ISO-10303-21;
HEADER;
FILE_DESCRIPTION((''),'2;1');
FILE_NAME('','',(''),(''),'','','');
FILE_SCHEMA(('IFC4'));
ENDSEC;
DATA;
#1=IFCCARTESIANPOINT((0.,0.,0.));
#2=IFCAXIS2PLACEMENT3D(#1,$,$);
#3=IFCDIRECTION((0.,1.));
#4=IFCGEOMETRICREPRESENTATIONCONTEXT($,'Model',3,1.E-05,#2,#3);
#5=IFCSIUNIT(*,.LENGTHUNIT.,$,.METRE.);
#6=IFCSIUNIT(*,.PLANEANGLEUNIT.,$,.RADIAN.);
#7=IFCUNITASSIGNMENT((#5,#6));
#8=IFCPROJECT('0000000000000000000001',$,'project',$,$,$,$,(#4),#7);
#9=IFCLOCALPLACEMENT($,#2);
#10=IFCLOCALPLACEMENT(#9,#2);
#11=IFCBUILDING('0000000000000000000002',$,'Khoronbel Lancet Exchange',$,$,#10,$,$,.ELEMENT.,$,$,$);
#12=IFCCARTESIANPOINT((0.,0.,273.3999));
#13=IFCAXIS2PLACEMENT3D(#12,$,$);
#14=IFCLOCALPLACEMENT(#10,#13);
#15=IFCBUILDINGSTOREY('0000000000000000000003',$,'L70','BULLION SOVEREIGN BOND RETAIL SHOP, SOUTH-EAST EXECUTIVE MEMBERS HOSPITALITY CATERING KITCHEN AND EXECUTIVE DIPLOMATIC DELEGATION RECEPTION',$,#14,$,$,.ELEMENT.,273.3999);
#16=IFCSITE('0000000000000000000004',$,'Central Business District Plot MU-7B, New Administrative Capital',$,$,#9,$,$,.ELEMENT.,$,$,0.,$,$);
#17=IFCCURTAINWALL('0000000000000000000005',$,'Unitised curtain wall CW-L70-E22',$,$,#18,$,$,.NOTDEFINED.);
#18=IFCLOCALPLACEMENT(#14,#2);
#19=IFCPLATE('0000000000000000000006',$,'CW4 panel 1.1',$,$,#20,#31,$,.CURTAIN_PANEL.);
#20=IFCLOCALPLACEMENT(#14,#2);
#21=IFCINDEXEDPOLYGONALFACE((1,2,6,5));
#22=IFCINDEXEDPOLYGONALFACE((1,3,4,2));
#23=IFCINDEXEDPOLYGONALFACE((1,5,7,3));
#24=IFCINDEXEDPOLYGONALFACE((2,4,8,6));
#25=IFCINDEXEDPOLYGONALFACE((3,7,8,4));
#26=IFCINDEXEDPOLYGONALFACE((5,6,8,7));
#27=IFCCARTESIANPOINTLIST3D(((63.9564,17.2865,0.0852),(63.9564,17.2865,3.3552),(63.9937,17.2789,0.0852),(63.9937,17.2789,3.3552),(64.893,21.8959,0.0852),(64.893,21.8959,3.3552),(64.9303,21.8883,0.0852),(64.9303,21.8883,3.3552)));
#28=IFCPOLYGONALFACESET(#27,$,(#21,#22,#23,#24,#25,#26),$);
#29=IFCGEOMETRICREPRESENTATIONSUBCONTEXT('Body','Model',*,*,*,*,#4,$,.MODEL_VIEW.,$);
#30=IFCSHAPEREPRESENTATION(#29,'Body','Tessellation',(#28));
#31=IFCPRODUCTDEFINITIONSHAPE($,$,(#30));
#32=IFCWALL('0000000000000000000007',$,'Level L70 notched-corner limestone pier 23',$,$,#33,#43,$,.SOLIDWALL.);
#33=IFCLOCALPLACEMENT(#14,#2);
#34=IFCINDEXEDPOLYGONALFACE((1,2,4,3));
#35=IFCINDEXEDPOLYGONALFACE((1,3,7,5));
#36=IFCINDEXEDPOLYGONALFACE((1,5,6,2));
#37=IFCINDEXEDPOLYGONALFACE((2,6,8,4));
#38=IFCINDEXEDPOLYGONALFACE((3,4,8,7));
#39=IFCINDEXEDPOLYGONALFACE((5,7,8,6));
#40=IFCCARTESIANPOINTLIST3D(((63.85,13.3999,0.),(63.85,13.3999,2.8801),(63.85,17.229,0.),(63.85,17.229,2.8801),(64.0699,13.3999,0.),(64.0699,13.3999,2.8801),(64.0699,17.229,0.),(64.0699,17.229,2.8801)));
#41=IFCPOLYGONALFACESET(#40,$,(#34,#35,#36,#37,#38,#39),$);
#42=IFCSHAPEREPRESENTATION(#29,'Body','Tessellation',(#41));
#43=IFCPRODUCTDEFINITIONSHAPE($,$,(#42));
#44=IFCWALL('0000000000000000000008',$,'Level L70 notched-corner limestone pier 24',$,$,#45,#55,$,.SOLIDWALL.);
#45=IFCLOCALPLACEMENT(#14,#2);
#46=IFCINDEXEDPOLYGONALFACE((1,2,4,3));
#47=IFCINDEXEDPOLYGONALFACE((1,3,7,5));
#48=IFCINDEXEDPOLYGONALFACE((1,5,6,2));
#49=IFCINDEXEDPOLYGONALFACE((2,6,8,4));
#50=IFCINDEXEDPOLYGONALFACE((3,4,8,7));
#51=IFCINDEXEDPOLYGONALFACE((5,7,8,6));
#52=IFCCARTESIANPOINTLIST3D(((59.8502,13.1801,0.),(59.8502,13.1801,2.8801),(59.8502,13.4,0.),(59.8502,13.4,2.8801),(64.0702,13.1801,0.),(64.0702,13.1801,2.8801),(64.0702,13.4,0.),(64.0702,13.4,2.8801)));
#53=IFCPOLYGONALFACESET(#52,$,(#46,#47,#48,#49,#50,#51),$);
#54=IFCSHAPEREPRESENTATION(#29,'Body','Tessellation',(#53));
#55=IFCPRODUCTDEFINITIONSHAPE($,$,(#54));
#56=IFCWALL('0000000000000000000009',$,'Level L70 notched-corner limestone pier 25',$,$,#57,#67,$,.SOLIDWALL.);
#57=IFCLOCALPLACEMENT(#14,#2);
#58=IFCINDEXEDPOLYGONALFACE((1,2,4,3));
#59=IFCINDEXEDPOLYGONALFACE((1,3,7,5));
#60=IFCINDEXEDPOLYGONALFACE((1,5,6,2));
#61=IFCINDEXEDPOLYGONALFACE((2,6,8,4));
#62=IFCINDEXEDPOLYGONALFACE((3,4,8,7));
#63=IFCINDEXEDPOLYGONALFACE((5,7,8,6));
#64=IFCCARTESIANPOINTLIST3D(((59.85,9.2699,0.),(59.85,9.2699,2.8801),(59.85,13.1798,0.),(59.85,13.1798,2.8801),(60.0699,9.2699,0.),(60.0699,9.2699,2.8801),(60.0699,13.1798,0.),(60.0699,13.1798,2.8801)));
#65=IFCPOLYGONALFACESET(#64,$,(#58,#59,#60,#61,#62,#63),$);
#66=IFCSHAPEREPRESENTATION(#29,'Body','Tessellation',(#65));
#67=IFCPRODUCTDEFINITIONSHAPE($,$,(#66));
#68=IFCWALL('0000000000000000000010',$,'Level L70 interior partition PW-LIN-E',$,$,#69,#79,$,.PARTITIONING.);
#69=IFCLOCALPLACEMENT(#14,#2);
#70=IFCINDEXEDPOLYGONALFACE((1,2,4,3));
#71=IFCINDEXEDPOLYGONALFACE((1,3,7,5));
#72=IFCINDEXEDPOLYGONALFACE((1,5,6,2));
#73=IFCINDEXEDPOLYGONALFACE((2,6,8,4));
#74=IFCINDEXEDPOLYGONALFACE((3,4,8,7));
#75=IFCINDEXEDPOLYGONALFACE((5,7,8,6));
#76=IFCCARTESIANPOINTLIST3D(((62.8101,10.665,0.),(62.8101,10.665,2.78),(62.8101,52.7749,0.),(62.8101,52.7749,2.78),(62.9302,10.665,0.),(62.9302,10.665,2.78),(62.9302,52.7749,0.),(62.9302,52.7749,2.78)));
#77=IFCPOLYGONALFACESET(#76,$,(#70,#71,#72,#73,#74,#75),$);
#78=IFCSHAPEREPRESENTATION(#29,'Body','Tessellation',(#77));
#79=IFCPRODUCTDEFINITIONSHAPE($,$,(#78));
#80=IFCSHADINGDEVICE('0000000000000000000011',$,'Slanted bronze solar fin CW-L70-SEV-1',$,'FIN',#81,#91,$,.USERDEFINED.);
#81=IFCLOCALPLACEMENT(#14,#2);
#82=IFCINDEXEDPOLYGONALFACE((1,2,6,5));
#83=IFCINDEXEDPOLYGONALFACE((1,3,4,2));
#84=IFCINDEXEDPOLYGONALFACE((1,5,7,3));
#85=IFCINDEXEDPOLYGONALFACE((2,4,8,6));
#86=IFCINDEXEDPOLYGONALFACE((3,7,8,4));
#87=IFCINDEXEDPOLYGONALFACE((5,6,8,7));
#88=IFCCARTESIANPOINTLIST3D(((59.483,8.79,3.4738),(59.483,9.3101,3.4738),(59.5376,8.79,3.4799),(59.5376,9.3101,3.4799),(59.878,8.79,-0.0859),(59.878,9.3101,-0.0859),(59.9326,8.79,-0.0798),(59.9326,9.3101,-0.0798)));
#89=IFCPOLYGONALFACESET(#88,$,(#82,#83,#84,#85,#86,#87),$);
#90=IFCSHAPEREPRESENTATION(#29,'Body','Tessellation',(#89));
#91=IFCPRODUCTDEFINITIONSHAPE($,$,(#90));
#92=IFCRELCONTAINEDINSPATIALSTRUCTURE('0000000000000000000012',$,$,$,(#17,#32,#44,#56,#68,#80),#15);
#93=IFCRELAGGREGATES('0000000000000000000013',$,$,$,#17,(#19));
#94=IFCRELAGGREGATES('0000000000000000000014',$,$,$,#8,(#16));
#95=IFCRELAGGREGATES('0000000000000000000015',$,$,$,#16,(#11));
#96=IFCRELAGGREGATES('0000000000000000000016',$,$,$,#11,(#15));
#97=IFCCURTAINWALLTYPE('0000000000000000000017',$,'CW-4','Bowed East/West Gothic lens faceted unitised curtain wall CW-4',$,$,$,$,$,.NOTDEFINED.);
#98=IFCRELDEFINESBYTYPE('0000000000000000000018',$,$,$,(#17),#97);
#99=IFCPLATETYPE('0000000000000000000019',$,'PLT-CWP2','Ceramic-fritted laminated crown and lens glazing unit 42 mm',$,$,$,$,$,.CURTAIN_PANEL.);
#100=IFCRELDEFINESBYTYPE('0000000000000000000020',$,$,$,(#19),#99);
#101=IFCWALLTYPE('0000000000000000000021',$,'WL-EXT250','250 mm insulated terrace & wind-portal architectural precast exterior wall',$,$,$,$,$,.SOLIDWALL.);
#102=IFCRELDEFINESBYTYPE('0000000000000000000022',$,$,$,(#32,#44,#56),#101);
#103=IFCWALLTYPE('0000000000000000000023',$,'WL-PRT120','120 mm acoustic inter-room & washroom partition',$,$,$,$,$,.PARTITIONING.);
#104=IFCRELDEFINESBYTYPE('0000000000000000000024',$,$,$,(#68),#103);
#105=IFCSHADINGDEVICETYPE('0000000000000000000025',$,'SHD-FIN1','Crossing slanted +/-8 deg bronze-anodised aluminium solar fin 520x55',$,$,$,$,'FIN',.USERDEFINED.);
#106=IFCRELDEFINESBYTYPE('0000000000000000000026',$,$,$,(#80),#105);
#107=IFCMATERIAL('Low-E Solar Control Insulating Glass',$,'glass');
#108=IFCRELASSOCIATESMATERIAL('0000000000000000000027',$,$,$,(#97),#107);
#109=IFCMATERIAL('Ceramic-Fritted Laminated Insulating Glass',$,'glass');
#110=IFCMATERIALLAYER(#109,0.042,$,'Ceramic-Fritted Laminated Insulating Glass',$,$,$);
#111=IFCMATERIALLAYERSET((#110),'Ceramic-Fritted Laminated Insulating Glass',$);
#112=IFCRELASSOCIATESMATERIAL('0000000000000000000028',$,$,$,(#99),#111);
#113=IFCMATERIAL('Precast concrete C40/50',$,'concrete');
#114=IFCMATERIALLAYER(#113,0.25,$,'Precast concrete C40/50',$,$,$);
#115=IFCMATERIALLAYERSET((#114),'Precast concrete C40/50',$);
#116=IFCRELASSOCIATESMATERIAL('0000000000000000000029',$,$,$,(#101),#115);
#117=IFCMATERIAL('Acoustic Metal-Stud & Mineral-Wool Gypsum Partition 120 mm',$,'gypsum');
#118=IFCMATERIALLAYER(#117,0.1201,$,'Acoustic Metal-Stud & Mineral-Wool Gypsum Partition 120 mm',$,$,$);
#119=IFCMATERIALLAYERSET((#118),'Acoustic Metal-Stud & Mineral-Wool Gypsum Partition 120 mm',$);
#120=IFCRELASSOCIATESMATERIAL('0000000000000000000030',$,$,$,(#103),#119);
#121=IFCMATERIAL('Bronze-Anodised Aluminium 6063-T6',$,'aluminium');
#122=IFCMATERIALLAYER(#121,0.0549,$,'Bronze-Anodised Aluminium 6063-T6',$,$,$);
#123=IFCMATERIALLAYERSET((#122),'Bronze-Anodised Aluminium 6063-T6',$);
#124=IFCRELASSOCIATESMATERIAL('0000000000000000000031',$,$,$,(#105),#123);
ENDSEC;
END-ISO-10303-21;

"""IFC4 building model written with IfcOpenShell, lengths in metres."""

from ifc_helpers import new_model, si_unit, direction, frame, frame_2d, origin, origin_2d, place, context, subcontext, project, spatial, polyline, rectangle, outline, extrude, material, layer, layer_set, type_object, element, aggregate, save


model = new_model("IFC4")

# Units and contexts
model_context = context("Model", 3, precision=1e-05, world=origin(), true_north=direction((0.0, 1.0)))
body_context = subcontext(model_context, "Body", "Model", "MODEL_VIEW")
ifc_project = project(units=[si_unit("LENGTHUNIT", "METRE"), si_unit("PLANEANGLEUNIT", "RADIAN")], contexts=[model_context])

# Site, building, storey
site_placement = place(None, origin())
site = spatial("IfcSite", under=ifc_project, at=site_placement, Name="Central Business District Plot MU-7B, New Administrative Capital", CompositionType="ELEMENT", RefElevation=0.0)
building_placement = place(site_placement, origin())
building = spatial("IfcBuilding", under=site, at=building_placement, Name="Khoronbel Lancet Exchange", CompositionType="ELEMENT")
storey_placement = place(building_placement, frame((0.0, 0.0, 273.3999)))
storey = spatial("IfcBuildingStorey", under=building, at=storey_placement, Name="L70", Description="BULLION SOVEREIGN BOND RETAIL SHOP, SOUTH-EAST EXECUTIVE MEMBERS HOSPITALITY CATERING KITCHEN AND EXECUTIVE DIPLOMATIC DELEGATION RECEPTION", CompositionType="ELEMENT", Elevation=273.3999)

# Shared definitions
ifc_material_1 = material(Name="Low-E Solar Control Insulating Glass", Category="glass")
ifc_material_2 = material(Name="Bronze-Anodised Aluminium 6063-T6", Category="aluminium")

# Shared definitions
curtain_wall_type_1 = type_object("IfcCurtainWallType", Name="CW-4", Description="Bowed East/West Gothic lens faceted unitised curtain wall CW-4", PredefinedType="NOTDEFINED", material=ifc_material_1)

# Curtain wall
curtain_wall_1_placement = place(storey_placement, origin())
curtain_wall_1 = element("IfcCurtainWall", 1, at=curtain_wall_1_placement, inside=storey, type_object=curtain_wall_type_1, Name="Unitised curtain wall CW-L70-E22", PredefinedType="NOTDEFINED")

# Plate
ifc_material_3 = material(Name="Ceramic-Fritted Laminated Insulating Glass", Category="glass")
ifc_layer_1 = layer(ifc_material_3, 0.042, Name="Ceramic-Fritted Laminated Insulating Glass")
ifc_layer_set_1 = layer_set([ifc_layer_1], Name="Ceramic-Fritted Laminated Insulating Glass")
plate_type_1 = type_object("IfcPlateType", Name="PLT-CWP2", Description="Ceramic-fritted laminated crown and lens glazing unit 42 mm", PredefinedType="CURTAIN_PANEL", material=ifc_layer_set_1)
plate_1_placement = place(storey_placement, frame((64.4434, 19.5874, 0.0852), z_axis=(0.0, 0.0, 1.0), x_axis=(-0.199126, -0.979974, 0.0)))
plate_1 = element("IfcPlate", 2, at=plate_1_placement, type_object=plate_type_1, Name="CW4 panel 1.1", PredefinedType="CURTAIN_PANEL", context=body_context, shape_type="SweptSolid", body=[
    extrude(rectangle(XDim=4.7036, YDim=0.0381, at=origin_2d()), origin(), (0.0, 0.0, 1.0), 3.27),
])
aggregate(curtain_wall_1, [plate_1])

# Walls
ifc_material_4 = material(Name="Precast concrete C40/50", Category="concrete")
ifc_layer_2 = layer(ifc_material_4, 0.25, Name="Precast concrete C40/50")
ifc_layer_set_2 = layer_set([ifc_layer_2], Name="Precast concrete C40/50")
wall_type_1 = type_object("IfcWallType", Name="WL-EXT250", Description="250 mm insulated terrace & wind-portal architectural precast exterior wall", PredefinedType="SOLIDWALL", material=ifc_layer_set_2)
wall_1_placement = place(storey_placement, frame((63.96, 17.229, 0.0), z_axis=(0.0, 0.0, 1.0), x_axis=(0.0, -1.0, 0.0)))
element("IfcWall", 3, at=wall_1_placement, inside=storey, type_object=wall_type_1, Name="Level L70 notched-corner limestone pier 23", PredefinedType="SOLIDWALL", context=body_context, shape_type="SweptSolid", body=[
    extrude(rectangle(XDim=3.8291, YDim=0.22, at=frame_2d((1.9146, 0.0))), origin(), (0.0, 0.0, 1.0), 2.8801),
])
wall_2_placement = place(storey_placement, frame((64.0701, 13.29, 0.0), z_axis=(0.0, 0.0, 1.0), x_axis=(-1.0, 0.0, 0.0)))
element("IfcWall", 4, at=wall_2_placement, inside=storey, type_object=wall_type_1, Name="Level L70 notched-corner limestone pier 24", PredefinedType="SOLIDWALL", context=body_context, shape_type="SweptSolid", body=[
    extrude(rectangle(XDim=4.22, YDim=0.22, at=frame_2d((2.1099, 0.0))), origin(), (0.0, 0.0, 1.0), 2.8801),
])
wall_3_placement = place(storey_placement, frame((59.96, 13.1799, 0.0), z_axis=(0.0, 0.0, 1.0), x_axis=(0.0, -1.0, 0.0)))
element("IfcWall", 5, at=wall_3_placement, inside=storey, type_object=wall_type_1, Name="Level L70 notched-corner limestone pier 25", PredefinedType="SOLIDWALL", context=body_context, shape_type="SweptSolid", body=[
    extrude(rectangle(XDim=3.9099, YDim=0.22, at=frame_2d((1.9551, 0.0))), origin(), (0.0, 0.0, 1.0), 2.8801),
])
ifc_material_5 = material(Name="Acoustic Metal-Stud & Mineral-Wool Gypsum Partition 120 mm", Category="gypsum")
ifc_layer_3 = layer(ifc_material_5, 0.1201, Name="Acoustic Metal-Stud & Mineral-Wool Gypsum Partition 120 mm")
ifc_layer_set_3 = layer_set([ifc_layer_3], Name="Acoustic Metal-Stud & Mineral-Wool Gypsum Partition 120 mm")
wall_type_2 = type_object("IfcWallType", Name="WL-PRT120", Description="120 mm acoustic inter-room & washroom partition", PredefinedType="PARTITIONING", material=ifc_layer_set_3)
wall_4_placement = place(storey_placement, frame((62.8701, 10.665, 0.0), z_axis=(0.0, 0.0, 1.0), x_axis=(0.0, 1.0, 0.0)))
element("IfcWall", 6, at=wall_4_placement, inside=storey, type_object=wall_type_2, Name="Level L70 interior partition PW-LIN-E", PredefinedType="PARTITIONING", context=body_context, shape_type="SweptSolid", body=[
    extrude(rectangle(XDim=42.1099, YDim=0.1201, at=frame_2d((21.0549, 0.0))), origin(), (0.0, 0.0, 1.0), 2.78),
])

# Shading device
ifc_layer_4 = layer(ifc_material_2, 0.0549, Name="Bronze-Anodised Aluminium 6063-T6")
ifc_layer_set_4 = layer_set([ifc_layer_4], Name="Bronze-Anodised Aluminium 6063-T6")
shading_device_type = type_object("IfcShadingDeviceType", Name="SHD-FIN1", Description="Crossing slanted +/-8 deg bronze-anodised aluminium solar fin 520x55", ElementType="FIN", PredefinedType="USERDEFINED", material=ifc_layer_set_4)
shading_device_placement = place(storey_placement, frame((59.9326, 9.3101, -0.0798), z_axis=(0.9939, 0.0, 0.110289), x_axis=(0.0, -1.0, 0.0)))
element("IfcShadingDevice", 7, at=shading_device_placement, inside=storey, type_object=shading_device_type, Name="Slanted bronze solar fin CW-L70-SEV-1", ObjectType="FIN", PredefinedType="USERDEFINED", context=body_context, shape_type="SweptSolid", body=[
    extrude(outline(polyline([(0.0, 0.0), (0.52, 0.0), (0.52, -3.5815), (0.0, -3.5815), (0.0, 0.0)])), origin(), (0.0, 0.0, -1.0), 0.0549),
])

save(model, "model.ifc")
